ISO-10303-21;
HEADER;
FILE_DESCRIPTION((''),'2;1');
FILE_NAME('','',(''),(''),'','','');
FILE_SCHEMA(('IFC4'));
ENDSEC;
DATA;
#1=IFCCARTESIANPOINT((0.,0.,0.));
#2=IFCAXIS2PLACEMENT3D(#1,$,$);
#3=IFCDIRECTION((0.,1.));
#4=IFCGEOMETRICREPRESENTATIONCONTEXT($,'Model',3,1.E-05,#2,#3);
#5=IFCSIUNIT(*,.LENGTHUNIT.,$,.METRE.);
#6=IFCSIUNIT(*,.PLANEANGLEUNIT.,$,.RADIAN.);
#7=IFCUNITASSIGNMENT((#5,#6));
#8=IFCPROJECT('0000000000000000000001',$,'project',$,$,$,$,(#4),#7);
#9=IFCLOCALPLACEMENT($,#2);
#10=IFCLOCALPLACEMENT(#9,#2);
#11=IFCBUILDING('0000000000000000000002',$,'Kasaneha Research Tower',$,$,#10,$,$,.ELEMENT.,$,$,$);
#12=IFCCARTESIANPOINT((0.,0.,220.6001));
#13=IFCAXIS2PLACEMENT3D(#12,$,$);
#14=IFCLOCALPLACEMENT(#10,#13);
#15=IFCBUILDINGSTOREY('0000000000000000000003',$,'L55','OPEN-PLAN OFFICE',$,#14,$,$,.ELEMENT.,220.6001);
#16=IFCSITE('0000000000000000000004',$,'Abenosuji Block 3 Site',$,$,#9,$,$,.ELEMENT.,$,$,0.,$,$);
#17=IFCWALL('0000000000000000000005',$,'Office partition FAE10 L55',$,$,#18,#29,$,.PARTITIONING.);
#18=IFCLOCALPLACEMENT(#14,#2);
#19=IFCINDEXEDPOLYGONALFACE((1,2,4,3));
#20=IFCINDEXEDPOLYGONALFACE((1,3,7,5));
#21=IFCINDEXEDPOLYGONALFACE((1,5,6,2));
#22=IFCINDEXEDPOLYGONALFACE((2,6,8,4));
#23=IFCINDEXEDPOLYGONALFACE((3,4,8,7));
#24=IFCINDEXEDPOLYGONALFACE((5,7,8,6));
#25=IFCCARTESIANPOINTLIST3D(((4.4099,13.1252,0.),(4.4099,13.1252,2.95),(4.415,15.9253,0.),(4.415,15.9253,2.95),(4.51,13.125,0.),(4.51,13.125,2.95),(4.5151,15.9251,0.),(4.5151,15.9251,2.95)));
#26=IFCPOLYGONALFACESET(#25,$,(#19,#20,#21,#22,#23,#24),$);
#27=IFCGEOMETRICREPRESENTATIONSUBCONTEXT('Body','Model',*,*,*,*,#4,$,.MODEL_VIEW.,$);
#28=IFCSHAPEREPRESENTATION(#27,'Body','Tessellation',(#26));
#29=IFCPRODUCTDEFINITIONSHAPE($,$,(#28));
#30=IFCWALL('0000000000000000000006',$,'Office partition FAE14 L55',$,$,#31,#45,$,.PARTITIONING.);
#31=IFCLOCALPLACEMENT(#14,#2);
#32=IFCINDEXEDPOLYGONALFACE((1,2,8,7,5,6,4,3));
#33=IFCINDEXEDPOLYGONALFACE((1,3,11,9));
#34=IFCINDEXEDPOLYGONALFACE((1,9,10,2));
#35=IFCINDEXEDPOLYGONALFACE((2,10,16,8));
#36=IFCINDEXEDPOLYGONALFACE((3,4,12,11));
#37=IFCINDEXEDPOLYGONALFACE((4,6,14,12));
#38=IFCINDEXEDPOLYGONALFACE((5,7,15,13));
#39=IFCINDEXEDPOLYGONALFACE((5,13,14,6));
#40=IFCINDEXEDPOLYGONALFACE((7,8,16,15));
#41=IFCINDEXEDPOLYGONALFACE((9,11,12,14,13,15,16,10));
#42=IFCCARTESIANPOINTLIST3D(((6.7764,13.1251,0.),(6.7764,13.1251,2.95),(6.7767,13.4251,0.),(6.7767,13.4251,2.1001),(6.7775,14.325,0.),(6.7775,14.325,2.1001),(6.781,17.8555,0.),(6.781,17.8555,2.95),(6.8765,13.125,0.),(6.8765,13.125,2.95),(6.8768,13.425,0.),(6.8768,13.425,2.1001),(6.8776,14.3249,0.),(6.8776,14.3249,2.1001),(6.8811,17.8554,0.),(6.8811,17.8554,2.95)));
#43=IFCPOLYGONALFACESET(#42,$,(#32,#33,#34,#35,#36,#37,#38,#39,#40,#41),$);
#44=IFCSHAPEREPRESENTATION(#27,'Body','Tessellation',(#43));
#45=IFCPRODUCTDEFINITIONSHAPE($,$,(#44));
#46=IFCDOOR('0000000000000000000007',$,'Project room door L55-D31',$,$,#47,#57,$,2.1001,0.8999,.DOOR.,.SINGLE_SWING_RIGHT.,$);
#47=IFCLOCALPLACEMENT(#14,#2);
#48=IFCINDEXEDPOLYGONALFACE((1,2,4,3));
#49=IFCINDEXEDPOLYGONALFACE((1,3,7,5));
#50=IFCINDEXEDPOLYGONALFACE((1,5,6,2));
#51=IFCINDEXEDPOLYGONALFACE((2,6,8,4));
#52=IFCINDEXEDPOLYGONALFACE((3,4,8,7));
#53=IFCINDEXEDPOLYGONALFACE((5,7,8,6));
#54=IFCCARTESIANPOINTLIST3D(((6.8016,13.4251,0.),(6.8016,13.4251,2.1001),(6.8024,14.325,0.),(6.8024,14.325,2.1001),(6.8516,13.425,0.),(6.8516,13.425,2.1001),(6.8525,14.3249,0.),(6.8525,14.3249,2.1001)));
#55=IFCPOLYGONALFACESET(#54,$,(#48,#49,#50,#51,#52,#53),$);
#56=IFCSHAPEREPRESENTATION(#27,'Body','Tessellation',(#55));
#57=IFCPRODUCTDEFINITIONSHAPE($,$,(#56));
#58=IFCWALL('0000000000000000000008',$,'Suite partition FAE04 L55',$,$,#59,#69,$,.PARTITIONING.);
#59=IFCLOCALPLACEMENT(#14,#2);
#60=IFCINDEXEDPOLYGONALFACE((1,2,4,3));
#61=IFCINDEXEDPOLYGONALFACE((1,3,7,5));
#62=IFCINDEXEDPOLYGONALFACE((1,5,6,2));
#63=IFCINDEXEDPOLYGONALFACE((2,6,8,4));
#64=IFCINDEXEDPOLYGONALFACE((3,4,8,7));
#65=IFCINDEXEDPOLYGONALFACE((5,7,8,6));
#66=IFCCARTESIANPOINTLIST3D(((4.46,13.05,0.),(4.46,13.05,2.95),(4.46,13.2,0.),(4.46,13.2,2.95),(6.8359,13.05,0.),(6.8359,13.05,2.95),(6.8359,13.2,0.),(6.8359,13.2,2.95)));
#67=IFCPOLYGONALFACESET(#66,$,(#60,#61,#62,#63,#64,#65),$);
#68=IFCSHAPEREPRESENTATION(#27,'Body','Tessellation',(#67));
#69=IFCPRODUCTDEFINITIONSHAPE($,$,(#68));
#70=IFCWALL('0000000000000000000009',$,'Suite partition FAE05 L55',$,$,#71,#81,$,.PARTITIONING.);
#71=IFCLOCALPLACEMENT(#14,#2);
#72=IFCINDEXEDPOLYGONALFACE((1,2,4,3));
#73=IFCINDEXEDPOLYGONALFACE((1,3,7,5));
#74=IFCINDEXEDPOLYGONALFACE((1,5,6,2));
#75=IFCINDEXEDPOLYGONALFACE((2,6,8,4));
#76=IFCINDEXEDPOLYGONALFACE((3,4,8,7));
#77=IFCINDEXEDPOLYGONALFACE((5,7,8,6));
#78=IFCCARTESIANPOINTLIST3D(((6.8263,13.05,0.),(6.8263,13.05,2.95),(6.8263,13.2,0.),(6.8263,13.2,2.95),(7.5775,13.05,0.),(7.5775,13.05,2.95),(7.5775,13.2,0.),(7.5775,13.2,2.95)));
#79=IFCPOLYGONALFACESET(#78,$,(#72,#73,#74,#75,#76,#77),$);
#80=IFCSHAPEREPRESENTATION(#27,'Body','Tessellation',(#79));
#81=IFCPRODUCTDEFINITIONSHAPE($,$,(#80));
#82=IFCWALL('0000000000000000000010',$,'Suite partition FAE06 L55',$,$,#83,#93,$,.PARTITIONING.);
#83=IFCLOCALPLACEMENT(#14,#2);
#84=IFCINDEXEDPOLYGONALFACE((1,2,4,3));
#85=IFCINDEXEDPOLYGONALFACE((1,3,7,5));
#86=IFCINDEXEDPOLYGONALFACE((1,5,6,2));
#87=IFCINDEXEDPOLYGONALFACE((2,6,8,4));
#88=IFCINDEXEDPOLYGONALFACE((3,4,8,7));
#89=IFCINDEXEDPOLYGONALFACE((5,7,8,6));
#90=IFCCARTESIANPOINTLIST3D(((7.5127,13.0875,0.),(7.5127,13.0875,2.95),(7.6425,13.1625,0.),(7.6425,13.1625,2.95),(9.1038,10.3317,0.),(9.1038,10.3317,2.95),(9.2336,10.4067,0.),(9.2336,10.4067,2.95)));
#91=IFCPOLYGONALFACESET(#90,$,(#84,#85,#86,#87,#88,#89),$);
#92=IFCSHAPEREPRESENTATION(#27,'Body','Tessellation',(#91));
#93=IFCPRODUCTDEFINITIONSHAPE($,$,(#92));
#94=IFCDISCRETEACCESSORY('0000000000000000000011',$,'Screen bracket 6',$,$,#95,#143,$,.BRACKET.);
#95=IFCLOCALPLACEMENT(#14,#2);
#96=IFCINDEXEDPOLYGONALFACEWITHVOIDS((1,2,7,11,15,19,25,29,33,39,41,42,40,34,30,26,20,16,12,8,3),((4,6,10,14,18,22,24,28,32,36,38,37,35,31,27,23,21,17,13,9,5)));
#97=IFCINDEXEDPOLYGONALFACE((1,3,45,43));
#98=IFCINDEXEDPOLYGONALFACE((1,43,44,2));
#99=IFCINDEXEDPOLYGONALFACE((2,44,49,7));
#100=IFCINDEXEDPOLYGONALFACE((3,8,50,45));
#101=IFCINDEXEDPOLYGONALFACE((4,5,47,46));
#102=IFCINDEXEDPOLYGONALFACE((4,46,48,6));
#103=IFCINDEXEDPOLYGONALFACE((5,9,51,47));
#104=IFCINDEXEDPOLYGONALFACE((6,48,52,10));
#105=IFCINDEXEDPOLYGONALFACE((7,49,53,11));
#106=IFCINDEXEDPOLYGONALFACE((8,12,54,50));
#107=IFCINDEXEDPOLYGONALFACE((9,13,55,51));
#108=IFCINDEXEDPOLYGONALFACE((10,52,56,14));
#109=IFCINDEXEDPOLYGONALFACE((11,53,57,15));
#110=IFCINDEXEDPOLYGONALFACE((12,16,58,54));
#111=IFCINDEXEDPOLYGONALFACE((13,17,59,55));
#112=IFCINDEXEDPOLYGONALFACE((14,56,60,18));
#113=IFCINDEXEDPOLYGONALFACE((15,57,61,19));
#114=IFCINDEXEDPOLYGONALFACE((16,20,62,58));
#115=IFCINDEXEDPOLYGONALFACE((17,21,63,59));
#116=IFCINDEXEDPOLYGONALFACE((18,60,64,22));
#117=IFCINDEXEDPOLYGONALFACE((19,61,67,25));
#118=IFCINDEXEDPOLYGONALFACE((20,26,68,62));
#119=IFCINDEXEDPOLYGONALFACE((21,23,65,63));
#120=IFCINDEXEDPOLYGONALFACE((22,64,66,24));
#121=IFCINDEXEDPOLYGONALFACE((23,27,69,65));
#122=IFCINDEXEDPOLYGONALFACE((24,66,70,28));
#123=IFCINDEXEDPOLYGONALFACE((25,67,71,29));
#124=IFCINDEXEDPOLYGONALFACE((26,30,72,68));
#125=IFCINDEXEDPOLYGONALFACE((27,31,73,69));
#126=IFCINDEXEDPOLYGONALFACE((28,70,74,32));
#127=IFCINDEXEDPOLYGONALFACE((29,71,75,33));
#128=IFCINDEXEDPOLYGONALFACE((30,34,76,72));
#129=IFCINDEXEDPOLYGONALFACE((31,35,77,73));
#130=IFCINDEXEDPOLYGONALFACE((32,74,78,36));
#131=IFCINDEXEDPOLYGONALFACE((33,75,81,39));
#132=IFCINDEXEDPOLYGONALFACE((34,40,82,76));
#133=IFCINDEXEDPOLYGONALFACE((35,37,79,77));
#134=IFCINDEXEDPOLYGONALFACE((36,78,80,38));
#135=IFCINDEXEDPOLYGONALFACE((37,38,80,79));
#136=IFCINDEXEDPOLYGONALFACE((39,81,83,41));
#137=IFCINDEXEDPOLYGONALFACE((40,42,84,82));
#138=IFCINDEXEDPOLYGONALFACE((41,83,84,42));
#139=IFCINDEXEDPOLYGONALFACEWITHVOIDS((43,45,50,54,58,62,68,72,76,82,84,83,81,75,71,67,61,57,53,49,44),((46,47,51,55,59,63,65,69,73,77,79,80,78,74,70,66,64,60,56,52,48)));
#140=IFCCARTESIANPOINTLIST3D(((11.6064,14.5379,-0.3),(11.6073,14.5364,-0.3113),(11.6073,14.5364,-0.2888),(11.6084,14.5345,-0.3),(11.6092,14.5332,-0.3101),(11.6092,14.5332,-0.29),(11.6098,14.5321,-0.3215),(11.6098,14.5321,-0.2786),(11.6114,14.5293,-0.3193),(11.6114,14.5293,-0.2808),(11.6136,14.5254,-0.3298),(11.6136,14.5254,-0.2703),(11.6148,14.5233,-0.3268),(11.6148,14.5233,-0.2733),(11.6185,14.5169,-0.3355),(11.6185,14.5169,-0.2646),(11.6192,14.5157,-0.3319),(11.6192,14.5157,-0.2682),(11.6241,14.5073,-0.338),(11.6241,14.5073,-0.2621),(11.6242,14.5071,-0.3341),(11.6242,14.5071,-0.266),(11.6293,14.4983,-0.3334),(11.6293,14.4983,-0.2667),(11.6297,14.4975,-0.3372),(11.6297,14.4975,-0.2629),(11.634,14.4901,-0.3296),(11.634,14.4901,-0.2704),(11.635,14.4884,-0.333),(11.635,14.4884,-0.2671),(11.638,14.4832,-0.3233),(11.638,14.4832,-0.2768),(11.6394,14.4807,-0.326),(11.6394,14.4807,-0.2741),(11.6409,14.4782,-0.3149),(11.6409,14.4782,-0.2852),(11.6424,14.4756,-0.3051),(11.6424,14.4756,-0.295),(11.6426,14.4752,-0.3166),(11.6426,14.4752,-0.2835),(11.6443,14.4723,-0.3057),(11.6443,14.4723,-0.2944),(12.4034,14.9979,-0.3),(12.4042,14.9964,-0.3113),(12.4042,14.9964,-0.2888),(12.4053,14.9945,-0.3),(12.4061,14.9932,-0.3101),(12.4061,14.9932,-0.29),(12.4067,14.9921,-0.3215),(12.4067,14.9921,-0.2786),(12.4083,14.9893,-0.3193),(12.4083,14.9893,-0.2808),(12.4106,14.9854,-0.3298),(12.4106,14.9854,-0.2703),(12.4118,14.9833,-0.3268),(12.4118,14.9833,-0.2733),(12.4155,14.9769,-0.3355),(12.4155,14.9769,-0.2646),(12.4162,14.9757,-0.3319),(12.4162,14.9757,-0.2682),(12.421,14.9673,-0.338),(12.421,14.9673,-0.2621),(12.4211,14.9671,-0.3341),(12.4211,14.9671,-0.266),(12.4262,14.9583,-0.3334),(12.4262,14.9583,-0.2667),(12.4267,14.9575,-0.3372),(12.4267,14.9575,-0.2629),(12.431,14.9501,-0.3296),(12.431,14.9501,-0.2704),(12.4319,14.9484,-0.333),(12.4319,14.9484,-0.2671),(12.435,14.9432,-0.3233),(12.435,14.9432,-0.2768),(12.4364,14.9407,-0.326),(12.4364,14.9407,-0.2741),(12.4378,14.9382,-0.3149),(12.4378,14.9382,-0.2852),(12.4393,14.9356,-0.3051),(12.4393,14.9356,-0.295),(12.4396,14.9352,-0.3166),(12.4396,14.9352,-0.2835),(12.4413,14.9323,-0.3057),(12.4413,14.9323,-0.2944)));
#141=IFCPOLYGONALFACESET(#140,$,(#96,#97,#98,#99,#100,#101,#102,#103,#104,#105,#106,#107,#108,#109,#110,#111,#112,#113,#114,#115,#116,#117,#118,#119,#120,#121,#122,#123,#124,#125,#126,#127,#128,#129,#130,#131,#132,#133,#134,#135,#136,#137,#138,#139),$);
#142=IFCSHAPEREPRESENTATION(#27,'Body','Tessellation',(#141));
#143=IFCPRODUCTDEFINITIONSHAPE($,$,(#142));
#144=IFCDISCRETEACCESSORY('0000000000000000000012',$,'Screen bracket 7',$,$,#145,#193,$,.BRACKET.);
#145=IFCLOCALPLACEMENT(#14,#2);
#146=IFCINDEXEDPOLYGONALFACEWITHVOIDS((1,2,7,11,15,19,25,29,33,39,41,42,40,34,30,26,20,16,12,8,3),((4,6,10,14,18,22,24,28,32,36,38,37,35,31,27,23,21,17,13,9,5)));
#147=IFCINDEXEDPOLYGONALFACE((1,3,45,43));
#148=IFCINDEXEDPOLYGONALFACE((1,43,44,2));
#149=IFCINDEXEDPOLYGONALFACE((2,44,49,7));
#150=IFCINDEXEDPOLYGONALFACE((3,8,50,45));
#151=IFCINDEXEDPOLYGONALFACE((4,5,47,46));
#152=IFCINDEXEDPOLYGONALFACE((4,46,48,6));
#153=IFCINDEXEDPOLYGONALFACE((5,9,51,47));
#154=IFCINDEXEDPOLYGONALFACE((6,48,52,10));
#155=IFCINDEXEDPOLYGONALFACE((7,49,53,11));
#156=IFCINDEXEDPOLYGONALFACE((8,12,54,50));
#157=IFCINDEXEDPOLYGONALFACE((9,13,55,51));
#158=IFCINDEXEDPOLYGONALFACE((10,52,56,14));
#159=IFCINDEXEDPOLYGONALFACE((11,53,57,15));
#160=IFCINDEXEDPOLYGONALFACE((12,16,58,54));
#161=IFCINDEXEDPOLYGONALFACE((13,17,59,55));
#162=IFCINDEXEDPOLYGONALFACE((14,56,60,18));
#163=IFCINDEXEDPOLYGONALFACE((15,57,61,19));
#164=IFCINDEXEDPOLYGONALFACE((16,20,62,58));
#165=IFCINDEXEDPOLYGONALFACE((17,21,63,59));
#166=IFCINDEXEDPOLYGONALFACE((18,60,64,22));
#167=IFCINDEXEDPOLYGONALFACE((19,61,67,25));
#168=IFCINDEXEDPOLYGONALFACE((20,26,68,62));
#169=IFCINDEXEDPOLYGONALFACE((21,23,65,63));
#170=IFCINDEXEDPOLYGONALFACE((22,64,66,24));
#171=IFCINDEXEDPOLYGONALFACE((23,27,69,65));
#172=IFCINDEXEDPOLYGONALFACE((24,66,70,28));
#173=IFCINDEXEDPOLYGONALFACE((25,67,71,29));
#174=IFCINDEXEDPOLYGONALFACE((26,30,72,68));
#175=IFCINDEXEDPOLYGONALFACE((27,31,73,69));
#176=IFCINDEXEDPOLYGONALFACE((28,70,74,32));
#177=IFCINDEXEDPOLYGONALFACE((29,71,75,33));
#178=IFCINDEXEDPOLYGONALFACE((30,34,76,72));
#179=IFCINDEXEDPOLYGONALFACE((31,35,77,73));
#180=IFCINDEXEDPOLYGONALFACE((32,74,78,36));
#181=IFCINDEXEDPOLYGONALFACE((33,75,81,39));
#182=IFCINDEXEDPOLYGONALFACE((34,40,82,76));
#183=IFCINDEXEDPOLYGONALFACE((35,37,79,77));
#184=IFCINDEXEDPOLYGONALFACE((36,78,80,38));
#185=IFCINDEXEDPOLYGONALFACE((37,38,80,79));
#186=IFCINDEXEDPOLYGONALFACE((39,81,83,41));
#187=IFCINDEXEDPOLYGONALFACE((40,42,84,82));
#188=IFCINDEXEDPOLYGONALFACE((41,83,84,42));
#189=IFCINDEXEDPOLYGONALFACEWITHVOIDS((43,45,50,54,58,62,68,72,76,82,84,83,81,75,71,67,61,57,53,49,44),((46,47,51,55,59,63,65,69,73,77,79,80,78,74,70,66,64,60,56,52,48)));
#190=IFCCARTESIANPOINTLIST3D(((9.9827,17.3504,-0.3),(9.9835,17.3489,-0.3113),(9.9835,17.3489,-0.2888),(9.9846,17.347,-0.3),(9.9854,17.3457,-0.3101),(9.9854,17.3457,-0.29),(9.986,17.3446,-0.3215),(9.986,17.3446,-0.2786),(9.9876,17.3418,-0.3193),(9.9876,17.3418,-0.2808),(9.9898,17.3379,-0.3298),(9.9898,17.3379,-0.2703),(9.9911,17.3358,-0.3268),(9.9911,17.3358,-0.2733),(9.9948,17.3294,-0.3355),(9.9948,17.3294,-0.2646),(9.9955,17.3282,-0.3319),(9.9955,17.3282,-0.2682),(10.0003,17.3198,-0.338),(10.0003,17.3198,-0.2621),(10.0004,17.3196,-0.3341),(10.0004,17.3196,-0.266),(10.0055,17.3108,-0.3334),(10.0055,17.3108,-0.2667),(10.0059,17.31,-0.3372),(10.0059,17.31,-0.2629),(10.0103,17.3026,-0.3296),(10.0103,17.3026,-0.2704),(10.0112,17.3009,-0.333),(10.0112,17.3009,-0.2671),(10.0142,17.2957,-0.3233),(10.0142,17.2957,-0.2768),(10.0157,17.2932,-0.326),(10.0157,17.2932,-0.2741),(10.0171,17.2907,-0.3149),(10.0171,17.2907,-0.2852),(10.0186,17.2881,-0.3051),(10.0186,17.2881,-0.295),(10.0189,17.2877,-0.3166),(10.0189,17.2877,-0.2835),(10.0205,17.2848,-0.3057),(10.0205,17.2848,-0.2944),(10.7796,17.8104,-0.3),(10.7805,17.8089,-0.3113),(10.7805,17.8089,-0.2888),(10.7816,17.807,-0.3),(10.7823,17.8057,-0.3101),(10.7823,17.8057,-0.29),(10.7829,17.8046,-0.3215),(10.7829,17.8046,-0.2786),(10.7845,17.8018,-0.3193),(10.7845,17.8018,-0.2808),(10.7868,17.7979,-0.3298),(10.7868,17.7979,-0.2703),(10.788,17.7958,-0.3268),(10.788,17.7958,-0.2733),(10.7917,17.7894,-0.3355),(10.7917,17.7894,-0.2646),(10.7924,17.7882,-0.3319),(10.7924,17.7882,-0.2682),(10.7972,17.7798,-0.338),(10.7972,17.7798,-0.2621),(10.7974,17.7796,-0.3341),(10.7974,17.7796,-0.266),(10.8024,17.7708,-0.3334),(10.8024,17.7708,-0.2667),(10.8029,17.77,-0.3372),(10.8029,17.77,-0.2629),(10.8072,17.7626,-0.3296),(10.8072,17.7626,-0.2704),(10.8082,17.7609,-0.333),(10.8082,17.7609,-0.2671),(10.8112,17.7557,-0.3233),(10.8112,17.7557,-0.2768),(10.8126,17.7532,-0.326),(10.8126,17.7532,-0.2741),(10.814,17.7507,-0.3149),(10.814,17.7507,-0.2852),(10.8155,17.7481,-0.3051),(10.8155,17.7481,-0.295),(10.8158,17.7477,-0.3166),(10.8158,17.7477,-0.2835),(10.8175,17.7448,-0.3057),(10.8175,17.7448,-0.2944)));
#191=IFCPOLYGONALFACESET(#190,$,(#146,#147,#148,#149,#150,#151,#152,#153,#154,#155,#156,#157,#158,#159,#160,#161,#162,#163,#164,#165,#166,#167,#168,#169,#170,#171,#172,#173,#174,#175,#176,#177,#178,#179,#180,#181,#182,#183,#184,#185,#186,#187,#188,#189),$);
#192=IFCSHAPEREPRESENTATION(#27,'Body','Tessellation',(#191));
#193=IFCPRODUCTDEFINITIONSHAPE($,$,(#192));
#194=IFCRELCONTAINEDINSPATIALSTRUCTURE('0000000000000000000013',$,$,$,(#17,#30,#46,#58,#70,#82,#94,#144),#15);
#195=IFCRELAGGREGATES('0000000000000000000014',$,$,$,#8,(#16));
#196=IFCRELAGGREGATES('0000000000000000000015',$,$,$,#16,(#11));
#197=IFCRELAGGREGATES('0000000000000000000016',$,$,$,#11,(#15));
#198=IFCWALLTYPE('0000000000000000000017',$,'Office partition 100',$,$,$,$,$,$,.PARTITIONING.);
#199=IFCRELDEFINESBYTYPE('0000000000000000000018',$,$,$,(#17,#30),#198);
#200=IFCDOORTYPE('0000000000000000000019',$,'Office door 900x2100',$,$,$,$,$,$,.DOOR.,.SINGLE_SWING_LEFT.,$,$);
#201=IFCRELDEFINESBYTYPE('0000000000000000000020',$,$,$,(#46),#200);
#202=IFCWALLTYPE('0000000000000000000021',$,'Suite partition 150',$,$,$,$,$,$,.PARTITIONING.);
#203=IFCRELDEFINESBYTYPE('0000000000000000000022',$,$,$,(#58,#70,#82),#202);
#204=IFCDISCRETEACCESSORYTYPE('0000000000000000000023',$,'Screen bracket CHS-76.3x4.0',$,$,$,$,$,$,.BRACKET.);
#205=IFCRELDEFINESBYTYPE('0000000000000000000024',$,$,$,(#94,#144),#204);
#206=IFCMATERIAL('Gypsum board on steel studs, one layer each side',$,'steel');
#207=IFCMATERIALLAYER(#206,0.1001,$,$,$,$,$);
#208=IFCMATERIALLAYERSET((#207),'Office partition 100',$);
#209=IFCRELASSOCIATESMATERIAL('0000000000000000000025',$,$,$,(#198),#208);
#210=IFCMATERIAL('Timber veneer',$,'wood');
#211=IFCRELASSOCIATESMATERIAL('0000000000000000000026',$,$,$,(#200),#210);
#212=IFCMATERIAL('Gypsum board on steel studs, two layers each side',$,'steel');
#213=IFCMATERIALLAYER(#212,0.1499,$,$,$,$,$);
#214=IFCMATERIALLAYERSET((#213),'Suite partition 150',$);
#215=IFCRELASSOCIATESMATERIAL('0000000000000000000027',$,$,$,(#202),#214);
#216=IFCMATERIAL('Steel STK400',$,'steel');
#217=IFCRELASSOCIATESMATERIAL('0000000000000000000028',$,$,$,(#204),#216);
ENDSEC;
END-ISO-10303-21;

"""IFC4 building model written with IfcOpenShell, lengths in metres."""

from ifc_helpers import new_model, si_unit, direction, frame, frame_2d, origin, origin_2d, place, context, subcontext, project, spatial, rectangle, hollow_circle, extrude, material, layer, layer_set, material_profile, profile_set, type_object, element, fill, save


model = new_model("IFC4")

# Units and contexts
model_context = context("Model", 3, precision=1e-05, world=origin(), true_north=direction((0.0, 1.0)))
body_context = subcontext(model_context, "Body", "Model", "MODEL_VIEW")
ifc_project = project(units=[si_unit("LENGTHUNIT", "METRE"), si_unit("PLANEANGLEUNIT", "RADIAN")], contexts=[model_context])

# Site, building, storey
site_placement = place(None, origin())
site = spatial("IfcSite", under=ifc_project, at=site_placement, Name="Abenosuji Block 3 Site", CompositionType="ELEMENT", RefElevation=0.0)
building_placement = place(site_placement, origin())
building = spatial("IfcBuilding", under=site, at=building_placement, Name="Kasaneha Research Tower", CompositionType="ELEMENT")
storey_placement = place(building_placement, frame((0.0, 0.0, 220.6001)))
storey = spatial("IfcBuildingStorey", under=building, at=storey_placement, Name="L55", Description="OPEN-PLAN OFFICE", CompositionType="ELEMENT", Elevation=220.6001)

# Wall
ifc_material_1 = material(Name="Gypsum board on steel studs, one layer each side", Category="steel")
ifc_layer_1 = layer(ifc_material_1, 0.1001)
ifc_layer_set_1 = layer_set([ifc_layer_1], Name="Office partition 100")
wall_type_1 = type_object("IfcWallType", Name="Office partition 100", PredefinedType="PARTITIONING", material=ifc_layer_set_1)
wall_1_placement = place(storey_placement, frame((4.4651, 15.925, 0.0), z_axis=(0.0, 0.0, 1.0), x_axis=(-0.001831, -0.999998, 0.0)))
element("IfcWall", 1, at=wall_1_placement, inside=storey, type_object=wall_type_1, Name="Office partition FAE10 L55", PredefinedType="PARTITIONING", context=body_context, shape_type="SweptSolid", body=[
    extrude(rectangle(XDim=2.8, YDim=0.1001, at=frame_2d((1.3999, 0.0))), origin(), (0.0, 0.0, 1.0), 2.95),
])

# Wall, opening, door
wall_2_placement = place(storey_placement, frame((6.8311, 17.8555, 0.0), z_axis=(0.0, 0.0, 1.0), x_axis=(-0.000981, -1.0, 0.0)))
wall_2 = element("IfcWall", 2, at=wall_2_placement, inside=storey, type_object=wall_type_1, Name="Office partition FAE14 L55", PredefinedType="PARTITIONING", context=body_context, shape_type="SweptSolid", body=[
    extrude(rectangle(XDim=4.7305, YDim=0.1001, at=frame_2d((2.3652, 0.0))), origin(), (0.0, 0.0, 1.0), 2.95),
])
opening_placement = place(wall_2_placement, frame((3.5305, 0.0, 0.0)))
opening = element("IfcOpeningElement", 3, at=opening_placement, cuts=wall_2, PredefinedType="OPENING", context=body_context, shape_type="SweptSolid", body=[
    extrude(rectangle(XDim=0.8999, YDim=2.1001, at=frame_2d((0.45, 1.05))), frame((0.0, 0.0601, 0.0), z_axis=(0.0, -1.0, 0.0), x_axis=(1.0, 0.0, 0.0)), (0.0, 0.0, 1.0), 0.1201),
])
ifc_material_2 = material(Name="Timber veneer", Category="wood")
door_type = type_object("IfcDoorType", Name="Office door 900x2100", OperationType="SINGLE_SWING_LEFT", PredefinedType="DOOR", material=ifc_material_2)
door_placement = place(opening_placement, origin())
door = element("IfcDoor", 4, at=door_placement, inside=storey, type_object=door_type, Name="Project room door L55-D31", OperationType="SINGLE_SWING_RIGHT", OverallHeight=2.1001, OverallWidth=0.8999, PredefinedType="DOOR", context=body_context, shape_type="SweptSolid", body=[
    extrude(rectangle(XDim=0.8999, YDim=2.1001, at=frame_2d((0.45, 1.05))), frame((0.0, 0.0249, 0.0), z_axis=(0.0, -1.0, 0.0), x_axis=(1.0, 0.0, 0.0)), (0.0, 0.0, 1.0), 0.05),
])
fill(opening, door)

# Walls
ifc_material_3 = material(Name="Gypsum board on steel studs, two layers each side", Category="steel")
ifc_layer_2 = layer(ifc_material_3, 0.1499)
ifc_layer_set_2 = layer_set([ifc_layer_2], Name="Suite partition 150")
wall_type_2 = type_object("IfcWallType", Name="Suite partition 150", PredefinedType="PARTITIONING", material=ifc_layer_set_2)
wall_3_placement = place(storey_placement, frame((4.46, 13.125, 0.0), z_axis=(0.0, 0.0, 1.0), x_axis=(1.0, 0.0, 0.0)))
element("IfcWall", 5, at=wall_3_placement, inside=storey, type_object=wall_type_2, Name="Suite partition FAE04 L55", PredefinedType="PARTITIONING", context=body_context, shape_type="SweptSolid", body=[
    extrude(rectangle(XDim=2.376, YDim=0.1499, at=frame_2d((1.188, 0.0))), origin(), (0.0, 0.0, 1.0), 2.95),
])
wall_4_placement = place(storey_placement, frame((6.8264, 13.125, 0.0), z_axis=(0.0, 0.0, 1.0), x_axis=(1.0, 0.0, 0.0)))
element("IfcWall", 6, at=wall_4_placement, inside=storey, type_object=wall_type_2, Name="Suite partition FAE05 L55", PredefinedType="PARTITIONING", context=body_context, shape_type="SweptSolid", body=[
    extrude(rectangle(XDim=0.7512, YDim=0.1499, at=frame_2d((0.3755, 0.0))), origin(), (0.0, 0.0, 1.0), 2.95),
])
wall_5_placement = place(storey_placement, frame((7.5776, 13.125, 0.0), z_axis=(0.0, 0.0, 1.0), x_axis=(0.499993, -0.86603, 0.0)))
element("IfcWall", 7, at=wall_5_placement, inside=storey, type_object=wall_type_2, Name="Suite partition FAE06 L55", PredefinedType="PARTITIONING", context=body_context, shape_type="SweptSolid", body=[
    extrude(rectangle(XDim=3.1821, YDim=0.1499, at=frame_2d((1.5911, 0.0))), origin(), (0.0, 0.0, 1.0), 2.95),
])

# Discrete accessories
ifc_material_4 = material(Name="Steel STK400", Category="steel")
ifc_material_profile_1 = material_profile(ifc_material_4, hollow_circle(Radius=0.0381, WallThickness=0.0039, at=origin_2d()), Name="CHS-76.3x4.0")
ifc_profile_set_1 = profile_set([ifc_material_profile_1], Name="Steel STK400")
discrete_accessory_type = type_object("IfcDiscreteAccessoryType", Name="Screen bracket CHS-76.3x4.0", PredefinedType="BRACKET", material=ifc_profile_set_1)
for number, where, z_axis, x_axis, name in (
    (8, (11.6255, 14.5049, -0.3), (0.86608, 0.499906, 0.0), (-0.499906, 0.86608, 0.0), "Screen bracket 6"),
    (9, (10.0017, 17.3174, -0.3), (0.86608, 0.499906, 0.0), (-0.499906, 0.86608, 0.0), "Screen bracket 7"),
):
    element("IfcDiscreteAccessory", number, at=place(storey_placement, frame(where, z_axis=z_axis, x_axis=x_axis)), inside=storey, type_object=discrete_accessory_type, Name=name, PredefinedType="BRACKET", context=body_context, shape_type="SweptSolid", body=[
        extrude(hollow_circle(Radius=0.0381, WallThickness=0.0039, at=origin_2d()), origin(), (0.0, 0.0, 1.0), 0.9202),
    ])

save(model, "model.ifc")
